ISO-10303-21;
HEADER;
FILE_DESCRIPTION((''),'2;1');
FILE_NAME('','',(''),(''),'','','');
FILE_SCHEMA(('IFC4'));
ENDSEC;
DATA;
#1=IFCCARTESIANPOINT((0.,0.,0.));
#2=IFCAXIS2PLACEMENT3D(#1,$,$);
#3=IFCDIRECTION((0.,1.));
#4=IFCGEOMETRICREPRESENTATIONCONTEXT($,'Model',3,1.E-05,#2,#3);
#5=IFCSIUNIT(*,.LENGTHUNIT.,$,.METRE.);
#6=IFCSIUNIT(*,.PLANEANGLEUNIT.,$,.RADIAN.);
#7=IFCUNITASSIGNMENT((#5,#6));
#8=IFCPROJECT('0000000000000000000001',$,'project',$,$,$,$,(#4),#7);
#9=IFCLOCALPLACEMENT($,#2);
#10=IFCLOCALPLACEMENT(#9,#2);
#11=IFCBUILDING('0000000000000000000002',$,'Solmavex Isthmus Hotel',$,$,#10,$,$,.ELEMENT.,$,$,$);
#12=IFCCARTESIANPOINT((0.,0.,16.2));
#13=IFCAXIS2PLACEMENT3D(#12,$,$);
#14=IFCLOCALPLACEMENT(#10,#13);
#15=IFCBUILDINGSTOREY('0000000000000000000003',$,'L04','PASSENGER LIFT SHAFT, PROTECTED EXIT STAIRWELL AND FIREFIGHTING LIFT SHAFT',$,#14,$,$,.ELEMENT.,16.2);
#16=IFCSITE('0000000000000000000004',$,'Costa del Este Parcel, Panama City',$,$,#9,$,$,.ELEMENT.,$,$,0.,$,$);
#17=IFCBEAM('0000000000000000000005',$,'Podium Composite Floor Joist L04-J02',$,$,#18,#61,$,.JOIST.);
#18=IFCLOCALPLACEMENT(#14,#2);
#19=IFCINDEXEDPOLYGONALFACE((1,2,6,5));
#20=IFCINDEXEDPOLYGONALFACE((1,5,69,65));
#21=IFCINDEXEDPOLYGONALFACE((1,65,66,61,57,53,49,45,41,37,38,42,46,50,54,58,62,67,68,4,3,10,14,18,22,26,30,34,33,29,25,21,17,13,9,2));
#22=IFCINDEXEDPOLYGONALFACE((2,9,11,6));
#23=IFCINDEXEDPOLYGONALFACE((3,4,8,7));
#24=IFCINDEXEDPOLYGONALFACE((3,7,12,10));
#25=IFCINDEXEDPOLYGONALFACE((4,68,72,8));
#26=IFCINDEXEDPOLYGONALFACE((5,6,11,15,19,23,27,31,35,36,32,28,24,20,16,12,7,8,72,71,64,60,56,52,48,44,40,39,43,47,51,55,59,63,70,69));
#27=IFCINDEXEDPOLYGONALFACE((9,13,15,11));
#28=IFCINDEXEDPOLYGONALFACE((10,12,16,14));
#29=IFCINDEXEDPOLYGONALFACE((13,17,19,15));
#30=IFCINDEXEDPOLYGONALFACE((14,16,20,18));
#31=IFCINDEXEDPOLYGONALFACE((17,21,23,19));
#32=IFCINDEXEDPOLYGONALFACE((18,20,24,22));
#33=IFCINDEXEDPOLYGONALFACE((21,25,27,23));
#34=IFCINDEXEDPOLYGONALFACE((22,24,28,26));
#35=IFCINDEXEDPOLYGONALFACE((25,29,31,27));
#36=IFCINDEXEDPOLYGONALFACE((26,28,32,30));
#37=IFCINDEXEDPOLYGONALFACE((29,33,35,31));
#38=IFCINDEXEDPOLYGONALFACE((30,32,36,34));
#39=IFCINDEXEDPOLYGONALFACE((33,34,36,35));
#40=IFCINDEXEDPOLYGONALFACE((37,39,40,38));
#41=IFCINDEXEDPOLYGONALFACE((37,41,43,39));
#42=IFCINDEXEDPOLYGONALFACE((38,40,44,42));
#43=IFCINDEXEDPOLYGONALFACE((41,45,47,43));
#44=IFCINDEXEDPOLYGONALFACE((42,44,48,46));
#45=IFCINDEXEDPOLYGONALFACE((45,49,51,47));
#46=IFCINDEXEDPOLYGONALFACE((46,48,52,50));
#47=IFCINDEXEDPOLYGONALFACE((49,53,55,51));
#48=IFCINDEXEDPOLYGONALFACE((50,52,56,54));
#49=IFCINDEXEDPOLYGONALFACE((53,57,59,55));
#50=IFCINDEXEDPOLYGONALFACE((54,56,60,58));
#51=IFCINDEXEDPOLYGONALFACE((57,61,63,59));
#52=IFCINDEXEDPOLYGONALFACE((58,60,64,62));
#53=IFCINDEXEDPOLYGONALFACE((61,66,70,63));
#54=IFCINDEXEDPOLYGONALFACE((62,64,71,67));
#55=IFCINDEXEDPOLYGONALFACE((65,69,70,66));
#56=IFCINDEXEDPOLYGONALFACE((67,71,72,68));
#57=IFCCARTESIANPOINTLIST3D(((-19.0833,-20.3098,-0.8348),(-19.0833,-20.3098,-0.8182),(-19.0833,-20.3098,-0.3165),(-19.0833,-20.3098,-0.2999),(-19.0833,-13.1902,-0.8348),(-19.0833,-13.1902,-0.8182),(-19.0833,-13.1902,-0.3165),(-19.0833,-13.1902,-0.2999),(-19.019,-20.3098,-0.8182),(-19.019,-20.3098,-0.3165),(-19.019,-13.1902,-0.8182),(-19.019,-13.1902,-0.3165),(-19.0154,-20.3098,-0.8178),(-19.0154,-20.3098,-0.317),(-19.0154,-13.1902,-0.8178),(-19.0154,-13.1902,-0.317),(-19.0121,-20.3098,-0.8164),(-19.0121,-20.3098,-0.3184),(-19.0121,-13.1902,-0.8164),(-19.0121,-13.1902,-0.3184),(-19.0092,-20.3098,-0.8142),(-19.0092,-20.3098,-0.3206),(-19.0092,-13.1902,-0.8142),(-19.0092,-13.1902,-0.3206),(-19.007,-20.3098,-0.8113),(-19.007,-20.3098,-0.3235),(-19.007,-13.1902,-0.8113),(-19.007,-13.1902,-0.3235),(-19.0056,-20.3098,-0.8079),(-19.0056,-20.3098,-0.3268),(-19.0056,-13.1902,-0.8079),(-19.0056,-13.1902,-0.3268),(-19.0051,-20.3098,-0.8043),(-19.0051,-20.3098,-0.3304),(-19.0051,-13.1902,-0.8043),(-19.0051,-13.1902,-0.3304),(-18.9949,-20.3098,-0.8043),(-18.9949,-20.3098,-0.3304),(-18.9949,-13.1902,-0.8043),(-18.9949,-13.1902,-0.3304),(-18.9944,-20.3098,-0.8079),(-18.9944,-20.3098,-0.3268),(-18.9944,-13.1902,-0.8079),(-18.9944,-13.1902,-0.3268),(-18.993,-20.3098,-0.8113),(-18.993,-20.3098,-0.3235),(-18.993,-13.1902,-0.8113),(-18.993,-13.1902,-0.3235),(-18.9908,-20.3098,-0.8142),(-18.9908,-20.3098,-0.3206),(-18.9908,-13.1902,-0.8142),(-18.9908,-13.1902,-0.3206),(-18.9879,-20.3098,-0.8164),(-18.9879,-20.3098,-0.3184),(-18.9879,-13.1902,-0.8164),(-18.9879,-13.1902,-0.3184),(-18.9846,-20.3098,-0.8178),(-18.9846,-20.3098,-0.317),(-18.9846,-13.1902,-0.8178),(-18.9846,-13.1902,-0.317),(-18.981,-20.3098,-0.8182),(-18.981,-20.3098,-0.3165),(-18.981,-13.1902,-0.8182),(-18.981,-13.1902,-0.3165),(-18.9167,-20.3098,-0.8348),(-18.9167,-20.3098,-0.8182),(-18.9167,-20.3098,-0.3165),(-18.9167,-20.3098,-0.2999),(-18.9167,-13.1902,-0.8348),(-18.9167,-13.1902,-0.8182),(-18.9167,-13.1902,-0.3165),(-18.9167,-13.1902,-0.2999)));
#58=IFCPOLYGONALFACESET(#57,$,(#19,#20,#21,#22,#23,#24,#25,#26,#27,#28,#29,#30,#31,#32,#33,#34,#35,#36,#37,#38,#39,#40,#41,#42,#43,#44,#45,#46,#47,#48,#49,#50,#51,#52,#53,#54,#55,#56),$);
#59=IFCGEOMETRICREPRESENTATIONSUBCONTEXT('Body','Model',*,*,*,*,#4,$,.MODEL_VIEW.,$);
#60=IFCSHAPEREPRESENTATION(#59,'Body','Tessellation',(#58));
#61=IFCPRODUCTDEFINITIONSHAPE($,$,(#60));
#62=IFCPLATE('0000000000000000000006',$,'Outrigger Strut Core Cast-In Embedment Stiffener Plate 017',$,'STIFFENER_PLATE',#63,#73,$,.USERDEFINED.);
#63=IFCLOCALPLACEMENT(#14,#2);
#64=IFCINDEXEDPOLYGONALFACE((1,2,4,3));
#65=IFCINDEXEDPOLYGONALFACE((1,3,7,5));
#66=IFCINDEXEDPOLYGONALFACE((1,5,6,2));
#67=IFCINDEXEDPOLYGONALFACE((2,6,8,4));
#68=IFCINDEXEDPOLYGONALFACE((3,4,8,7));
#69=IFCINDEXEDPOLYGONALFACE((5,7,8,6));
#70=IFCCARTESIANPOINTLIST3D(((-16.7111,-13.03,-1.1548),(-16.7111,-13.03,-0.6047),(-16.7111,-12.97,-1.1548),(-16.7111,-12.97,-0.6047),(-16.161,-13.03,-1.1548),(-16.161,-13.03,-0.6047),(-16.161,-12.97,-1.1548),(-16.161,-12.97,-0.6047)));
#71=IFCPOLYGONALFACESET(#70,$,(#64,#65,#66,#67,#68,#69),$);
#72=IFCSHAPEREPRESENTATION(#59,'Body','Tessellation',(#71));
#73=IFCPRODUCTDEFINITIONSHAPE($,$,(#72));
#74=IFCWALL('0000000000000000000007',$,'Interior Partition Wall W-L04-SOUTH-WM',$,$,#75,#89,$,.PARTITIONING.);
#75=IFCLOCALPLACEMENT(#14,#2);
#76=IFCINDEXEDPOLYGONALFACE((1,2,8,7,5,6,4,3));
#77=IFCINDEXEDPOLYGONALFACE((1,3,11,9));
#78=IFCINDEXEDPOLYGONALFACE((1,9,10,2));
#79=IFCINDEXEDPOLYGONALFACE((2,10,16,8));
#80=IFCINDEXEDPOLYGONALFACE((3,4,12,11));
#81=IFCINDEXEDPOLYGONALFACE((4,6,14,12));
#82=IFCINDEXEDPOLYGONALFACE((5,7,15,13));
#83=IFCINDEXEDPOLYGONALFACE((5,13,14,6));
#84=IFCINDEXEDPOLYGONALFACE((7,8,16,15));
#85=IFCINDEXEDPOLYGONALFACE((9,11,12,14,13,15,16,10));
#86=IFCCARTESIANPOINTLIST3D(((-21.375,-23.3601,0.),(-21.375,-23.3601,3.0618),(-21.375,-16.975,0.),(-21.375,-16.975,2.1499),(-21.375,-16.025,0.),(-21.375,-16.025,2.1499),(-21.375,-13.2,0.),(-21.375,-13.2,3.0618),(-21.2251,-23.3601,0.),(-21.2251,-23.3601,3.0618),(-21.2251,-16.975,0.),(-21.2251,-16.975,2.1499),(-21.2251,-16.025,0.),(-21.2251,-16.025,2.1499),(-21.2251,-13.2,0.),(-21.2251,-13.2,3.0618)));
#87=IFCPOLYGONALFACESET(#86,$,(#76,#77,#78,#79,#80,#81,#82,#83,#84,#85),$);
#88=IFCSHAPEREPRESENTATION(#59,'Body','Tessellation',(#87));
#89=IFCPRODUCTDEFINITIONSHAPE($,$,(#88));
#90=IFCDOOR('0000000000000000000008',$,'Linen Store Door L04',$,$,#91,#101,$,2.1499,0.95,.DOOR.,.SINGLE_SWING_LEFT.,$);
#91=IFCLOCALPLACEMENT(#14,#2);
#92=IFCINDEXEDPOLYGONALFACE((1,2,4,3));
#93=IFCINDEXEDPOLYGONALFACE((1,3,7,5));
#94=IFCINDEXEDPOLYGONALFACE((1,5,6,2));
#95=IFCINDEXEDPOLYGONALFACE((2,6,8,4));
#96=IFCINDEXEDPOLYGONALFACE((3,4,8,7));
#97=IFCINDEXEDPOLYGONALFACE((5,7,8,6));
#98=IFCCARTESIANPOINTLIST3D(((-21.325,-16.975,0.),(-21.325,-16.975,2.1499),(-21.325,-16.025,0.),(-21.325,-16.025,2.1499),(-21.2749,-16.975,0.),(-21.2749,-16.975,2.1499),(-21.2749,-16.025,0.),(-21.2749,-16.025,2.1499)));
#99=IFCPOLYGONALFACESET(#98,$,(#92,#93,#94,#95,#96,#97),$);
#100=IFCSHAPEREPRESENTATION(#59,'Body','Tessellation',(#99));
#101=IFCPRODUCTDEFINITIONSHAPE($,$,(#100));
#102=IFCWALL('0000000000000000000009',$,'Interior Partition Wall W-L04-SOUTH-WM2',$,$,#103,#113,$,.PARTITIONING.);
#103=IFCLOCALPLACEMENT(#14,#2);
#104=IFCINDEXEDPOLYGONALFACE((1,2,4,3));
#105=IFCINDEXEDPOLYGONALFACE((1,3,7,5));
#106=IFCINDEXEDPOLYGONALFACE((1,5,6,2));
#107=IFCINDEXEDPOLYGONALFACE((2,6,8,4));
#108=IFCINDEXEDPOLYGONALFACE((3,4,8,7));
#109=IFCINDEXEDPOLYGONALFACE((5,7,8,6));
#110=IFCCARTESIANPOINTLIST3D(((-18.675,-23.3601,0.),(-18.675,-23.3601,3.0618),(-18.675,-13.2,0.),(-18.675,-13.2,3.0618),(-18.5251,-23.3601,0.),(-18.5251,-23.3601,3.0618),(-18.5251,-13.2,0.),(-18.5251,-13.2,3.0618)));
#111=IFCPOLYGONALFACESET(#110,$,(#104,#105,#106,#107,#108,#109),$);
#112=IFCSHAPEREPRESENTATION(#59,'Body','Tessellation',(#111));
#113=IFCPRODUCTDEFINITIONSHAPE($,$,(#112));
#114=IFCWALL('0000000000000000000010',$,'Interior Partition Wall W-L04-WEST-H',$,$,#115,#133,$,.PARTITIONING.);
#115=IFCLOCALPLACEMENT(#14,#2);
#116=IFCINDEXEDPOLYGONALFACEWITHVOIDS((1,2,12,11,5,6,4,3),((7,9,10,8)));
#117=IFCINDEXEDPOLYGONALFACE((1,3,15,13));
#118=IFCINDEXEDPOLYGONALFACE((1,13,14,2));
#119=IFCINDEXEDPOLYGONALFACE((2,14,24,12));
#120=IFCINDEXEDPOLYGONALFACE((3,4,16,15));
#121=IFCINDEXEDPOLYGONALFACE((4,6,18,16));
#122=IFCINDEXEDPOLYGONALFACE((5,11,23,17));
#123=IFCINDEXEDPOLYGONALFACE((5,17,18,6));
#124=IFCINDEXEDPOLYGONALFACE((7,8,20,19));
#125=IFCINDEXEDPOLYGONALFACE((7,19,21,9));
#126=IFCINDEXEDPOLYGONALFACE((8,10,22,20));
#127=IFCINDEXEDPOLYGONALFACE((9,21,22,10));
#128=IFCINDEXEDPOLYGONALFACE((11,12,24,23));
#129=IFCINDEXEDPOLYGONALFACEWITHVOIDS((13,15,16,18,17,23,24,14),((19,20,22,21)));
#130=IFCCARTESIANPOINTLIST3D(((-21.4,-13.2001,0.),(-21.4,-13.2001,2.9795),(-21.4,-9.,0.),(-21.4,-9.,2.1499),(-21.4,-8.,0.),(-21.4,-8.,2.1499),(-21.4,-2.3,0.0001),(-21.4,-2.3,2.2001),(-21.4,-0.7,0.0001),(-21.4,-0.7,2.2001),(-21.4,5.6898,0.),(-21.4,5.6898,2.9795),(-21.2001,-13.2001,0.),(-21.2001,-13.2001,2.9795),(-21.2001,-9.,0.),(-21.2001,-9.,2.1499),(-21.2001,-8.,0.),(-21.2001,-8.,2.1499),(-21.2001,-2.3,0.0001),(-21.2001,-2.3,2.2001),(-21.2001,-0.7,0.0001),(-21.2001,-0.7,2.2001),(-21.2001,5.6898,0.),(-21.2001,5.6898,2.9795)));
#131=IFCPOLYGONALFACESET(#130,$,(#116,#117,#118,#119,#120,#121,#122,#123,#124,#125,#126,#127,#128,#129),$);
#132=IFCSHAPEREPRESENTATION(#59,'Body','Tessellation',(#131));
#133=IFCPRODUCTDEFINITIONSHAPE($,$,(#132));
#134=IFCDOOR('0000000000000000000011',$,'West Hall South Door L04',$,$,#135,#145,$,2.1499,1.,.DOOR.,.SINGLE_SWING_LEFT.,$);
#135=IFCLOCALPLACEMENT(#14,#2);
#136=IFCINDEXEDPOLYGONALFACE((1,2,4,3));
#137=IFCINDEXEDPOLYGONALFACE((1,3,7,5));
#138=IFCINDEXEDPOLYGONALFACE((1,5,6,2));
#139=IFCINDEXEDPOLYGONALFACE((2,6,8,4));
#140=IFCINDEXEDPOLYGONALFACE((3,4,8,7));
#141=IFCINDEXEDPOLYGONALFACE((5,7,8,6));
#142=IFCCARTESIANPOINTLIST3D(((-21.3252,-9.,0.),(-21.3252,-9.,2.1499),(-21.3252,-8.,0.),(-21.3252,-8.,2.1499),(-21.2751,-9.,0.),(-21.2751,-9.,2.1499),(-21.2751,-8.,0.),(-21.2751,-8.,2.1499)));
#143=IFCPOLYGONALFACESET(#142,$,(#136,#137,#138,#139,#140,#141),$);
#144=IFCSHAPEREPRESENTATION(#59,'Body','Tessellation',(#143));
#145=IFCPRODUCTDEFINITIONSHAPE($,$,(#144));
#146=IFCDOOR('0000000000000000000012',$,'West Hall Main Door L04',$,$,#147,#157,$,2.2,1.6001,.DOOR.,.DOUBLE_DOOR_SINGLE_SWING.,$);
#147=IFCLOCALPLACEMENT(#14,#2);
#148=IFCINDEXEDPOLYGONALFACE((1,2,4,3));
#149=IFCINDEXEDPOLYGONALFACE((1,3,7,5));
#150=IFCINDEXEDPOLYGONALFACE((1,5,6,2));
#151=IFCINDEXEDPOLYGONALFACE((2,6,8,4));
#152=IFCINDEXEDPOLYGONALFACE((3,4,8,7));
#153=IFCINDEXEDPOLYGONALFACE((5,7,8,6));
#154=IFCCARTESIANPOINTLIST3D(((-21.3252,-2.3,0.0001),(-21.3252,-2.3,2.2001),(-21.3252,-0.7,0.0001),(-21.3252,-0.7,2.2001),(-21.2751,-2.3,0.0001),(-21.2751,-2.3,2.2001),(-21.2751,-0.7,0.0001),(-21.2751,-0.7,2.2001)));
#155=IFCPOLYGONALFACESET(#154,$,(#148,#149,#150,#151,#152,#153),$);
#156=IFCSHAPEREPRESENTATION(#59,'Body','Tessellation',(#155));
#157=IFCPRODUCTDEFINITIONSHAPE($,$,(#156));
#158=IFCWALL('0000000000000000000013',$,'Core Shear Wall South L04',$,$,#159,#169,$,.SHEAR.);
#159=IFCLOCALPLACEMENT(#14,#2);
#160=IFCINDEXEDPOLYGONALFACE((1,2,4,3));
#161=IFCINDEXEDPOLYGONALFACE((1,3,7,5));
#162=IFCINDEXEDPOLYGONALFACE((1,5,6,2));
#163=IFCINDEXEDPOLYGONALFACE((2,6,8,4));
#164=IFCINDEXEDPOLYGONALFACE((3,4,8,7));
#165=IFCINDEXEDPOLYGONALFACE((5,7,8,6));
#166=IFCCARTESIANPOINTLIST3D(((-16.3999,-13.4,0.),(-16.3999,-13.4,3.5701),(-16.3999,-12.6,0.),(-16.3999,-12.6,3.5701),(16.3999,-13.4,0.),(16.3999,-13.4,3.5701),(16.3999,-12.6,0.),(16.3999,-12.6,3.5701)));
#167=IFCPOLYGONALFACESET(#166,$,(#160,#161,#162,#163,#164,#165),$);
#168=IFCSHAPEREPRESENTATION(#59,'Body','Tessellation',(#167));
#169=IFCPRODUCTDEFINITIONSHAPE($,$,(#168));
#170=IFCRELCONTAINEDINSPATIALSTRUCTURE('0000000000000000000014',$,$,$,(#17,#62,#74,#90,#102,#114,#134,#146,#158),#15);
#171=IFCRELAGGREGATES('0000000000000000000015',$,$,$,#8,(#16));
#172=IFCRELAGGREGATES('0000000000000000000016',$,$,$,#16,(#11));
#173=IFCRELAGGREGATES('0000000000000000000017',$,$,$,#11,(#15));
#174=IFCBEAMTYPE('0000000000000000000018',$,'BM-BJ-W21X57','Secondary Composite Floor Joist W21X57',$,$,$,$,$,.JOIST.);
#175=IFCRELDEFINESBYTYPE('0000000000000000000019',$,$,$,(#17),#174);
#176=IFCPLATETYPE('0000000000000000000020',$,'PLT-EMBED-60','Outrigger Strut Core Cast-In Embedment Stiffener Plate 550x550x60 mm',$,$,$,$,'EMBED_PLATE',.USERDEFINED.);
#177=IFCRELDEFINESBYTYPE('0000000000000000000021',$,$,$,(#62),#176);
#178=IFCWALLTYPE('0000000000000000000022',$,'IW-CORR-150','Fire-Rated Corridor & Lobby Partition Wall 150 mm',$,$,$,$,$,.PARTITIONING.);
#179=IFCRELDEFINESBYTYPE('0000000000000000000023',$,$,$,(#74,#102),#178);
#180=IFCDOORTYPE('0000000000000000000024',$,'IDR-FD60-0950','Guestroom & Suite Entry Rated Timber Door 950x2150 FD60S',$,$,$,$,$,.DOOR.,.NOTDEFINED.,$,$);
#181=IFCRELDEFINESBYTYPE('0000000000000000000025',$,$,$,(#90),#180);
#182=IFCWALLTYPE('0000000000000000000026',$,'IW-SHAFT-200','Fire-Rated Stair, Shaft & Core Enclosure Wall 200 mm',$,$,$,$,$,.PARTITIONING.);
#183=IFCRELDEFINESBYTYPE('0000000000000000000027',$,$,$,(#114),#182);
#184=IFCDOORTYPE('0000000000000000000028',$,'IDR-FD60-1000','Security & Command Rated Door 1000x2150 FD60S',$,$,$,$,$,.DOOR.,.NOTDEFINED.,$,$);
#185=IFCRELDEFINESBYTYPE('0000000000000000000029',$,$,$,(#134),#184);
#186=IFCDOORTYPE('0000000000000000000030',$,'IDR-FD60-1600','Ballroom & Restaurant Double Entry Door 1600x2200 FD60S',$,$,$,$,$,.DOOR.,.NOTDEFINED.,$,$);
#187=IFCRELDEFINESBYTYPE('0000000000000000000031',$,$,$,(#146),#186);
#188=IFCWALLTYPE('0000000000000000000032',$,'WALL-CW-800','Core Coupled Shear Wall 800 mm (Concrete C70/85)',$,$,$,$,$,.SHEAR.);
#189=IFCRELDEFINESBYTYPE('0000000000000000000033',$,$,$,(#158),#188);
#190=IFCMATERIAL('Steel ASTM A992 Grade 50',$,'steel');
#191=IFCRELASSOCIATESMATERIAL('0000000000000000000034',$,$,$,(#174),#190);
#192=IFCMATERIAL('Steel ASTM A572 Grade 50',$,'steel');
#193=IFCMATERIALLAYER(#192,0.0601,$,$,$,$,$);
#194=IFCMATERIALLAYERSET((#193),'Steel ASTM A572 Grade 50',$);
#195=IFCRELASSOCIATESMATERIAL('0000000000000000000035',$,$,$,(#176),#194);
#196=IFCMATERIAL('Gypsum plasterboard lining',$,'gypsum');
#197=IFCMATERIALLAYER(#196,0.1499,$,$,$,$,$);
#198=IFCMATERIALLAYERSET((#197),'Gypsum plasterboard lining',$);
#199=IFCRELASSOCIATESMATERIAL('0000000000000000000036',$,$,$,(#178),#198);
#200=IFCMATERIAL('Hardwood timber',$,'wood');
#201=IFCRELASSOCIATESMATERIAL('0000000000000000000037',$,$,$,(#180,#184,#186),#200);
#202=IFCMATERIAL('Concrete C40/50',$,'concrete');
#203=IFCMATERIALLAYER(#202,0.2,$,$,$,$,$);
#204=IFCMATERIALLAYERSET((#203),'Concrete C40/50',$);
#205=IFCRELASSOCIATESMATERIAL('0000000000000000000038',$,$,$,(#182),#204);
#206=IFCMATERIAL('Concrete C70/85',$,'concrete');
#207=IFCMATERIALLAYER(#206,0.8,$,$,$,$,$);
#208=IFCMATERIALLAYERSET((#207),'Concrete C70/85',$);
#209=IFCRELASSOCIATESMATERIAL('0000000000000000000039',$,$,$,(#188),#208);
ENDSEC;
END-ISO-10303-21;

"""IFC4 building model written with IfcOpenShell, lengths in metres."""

from ifc_helpers import new_model, si_unit, direction, frame, frame_2d, origin, origin_2d, place, context, subcontext, project, spatial, rectangle, i_section, extrude, material, layer, layer_set, material_profile, profile_set, type_object, element, fill, save


model = new_model("IFC4")

# Units and contexts
model_context = context("Model", 3, precision=1e-05, world=origin(), true_north=direction((0.0, 1.0)))
body_context = subcontext(model_context, "Body", "Model", "MODEL_VIEW")
ifc_project = project(units=[si_unit("LENGTHUNIT", "METRE"), si_unit("PLANEANGLEUNIT", "RADIAN")], contexts=[model_context])

# Site, building, storey
site_placement = place(None, origin())
site = spatial("IfcSite", under=ifc_project, at=site_placement, Name="Costa del Este Parcel, Panama City", CompositionType="ELEMENT", RefElevation=0.0)
building_placement = place(site_placement, origin())
building = spatial("IfcBuilding", under=site, at=building_placement, Name="Solmavex Isthmus Hotel", CompositionType="ELEMENT")
storey_placement = place(building_placement, frame((0.0, 0.0, 16.2)))
storey = spatial("IfcBuildingStorey", under=building, at=storey_placement, Name="L04", Description="PASSENGER LIFT SHAFT, PROTECTED EXIT STAIRWELL AND FIREFIGHTING LIFT SHAFT", CompositionType="ELEMENT", Elevation=16.2)

# Shared definitions
ifc_material_1 = material(Name="Concrete C70/85", Category="concrete")

# Beam
ifc_material_2 = material(Name="Steel ASTM A992 Grade 50", Category="steel")
ifc_material_profile_1 = material_profile(ifc_material_2, i_section(OverallWidth=0.1665, OverallDepth=0.5349, WebThickness=0.0103, FlangeThickness=0.0166, FilletRadius=0.0139, at=origin_2d()), Name="W21X57")
ifc_profile_set_1 = profile_set([ifc_material_profile_1], Name="Steel ASTM A992 Grade 50")
beam_type_1 = type_object("IfcBeamType", Name="BM-BJ-W21X57", Description="Secondary Composite Floor Joist W21X57", PredefinedType="JOIST", material=ifc_profile_set_1)
beam_1_placement = place(storey_placement, frame((-19.0, -20.3098, -0.5674), z_axis=(0.0, 1.0, 0.0), x_axis=(-1.0, 0.0, 0.0)))
element("IfcBeam", 1, at=beam_1_placement, inside=storey, type_object=beam_type_1, Name="Podium Composite Floor Joist L04-J02", PredefinedType="JOIST", context=body_context, shape_type="SweptSolid", body=[
    extrude(i_section(OverallWidth=0.1665, OverallDepth=0.5349, WebThickness=0.0103, FlangeThickness=0.0166, FilletRadius=0.0139, at=origin_2d()), origin(), (0.0, 0.0, 1.0), 7.1196),
])

# Plate
ifc_material_3 = material(Name="Steel ASTM A572 Grade 50", Category="steel")
ifc_layer_1 = layer(ifc_material_3, 0.0601)
ifc_layer_set_1 = layer_set([ifc_layer_1], Name="Steel ASTM A572 Grade 50")
plate_type = type_object("IfcPlateType", Name="PLT-EMBED-60", Description="Outrigger Strut Core Cast-In Embedment Stiffener Plate 550x550x60 mm", ElementType="EMBED_PLATE", PredefinedType="USERDEFINED", material=ifc_layer_set_1)
plate_placement = place(storey_placement, frame((-16.436, -13.0, -1.1548), z_axis=(0.0, 0.0, 1.0), x_axis=(1.0, 0.0, 0.0)))
element("IfcPlate", 2, at=plate_placement, inside=storey, type_object=plate_type, Name="Outrigger Strut Core Cast-In Embedment Stiffener Plate 017", ObjectType="STIFFENER_PLATE", PredefinedType="USERDEFINED", context=body_context, shape_type="SweptSolid", body=[
    extrude(rectangle(XDim=0.55, YDim=0.0601, at=origin_2d()), origin(), (0.0, 0.0, 1.0), 0.55),
])

# Wall, opening, door
ifc_material_4 = material(Name="Gypsum plasterboard lining", Category="gypsum")
ifc_layer_2 = layer(ifc_material_4, 0.1499)
ifc_layer_set_2 = layer_set([ifc_layer_2], Name="Gypsum plasterboard lining")
wall_type_1 = type_object("IfcWallType", Name="IW-CORR-150", Description="Fire-Rated Corridor & Lobby Partition Wall 150 mm", PredefinedType="PARTITIONING", material=ifc_layer_set_2)
wall_1_placement = place(storey_placement, frame((-21.3, -23.3601, 0.0), z_axis=(0.0, 0.0, 1.0), x_axis=(0.0, 1.0, 0.0)))
wall_1 = element("IfcWall", 3, at=wall_1_placement, inside=storey, type_object=wall_type_1, Name="Interior Partition Wall W-L04-SOUTH-WM", PredefinedType="PARTITIONING", context=body_context, shape_type="SweptSolid", body=[
    extrude(rectangle(XDim=10.1602, YDim=0.1499, at=frame_2d((5.0801, 0.0))), origin(), (0.0, 0.0, 1.0), 3.0618),
])
opening_1_placement = place(wall_1_placement, frame((6.385, 0.0, 0.0)))
opening_1 = element("IfcOpeningElement", 4, at=opening_1_placement, cuts=wall_1, PredefinedType="OPENING", context=body_context, shape_type="SweptSolid", body=[
    extrude(rectangle(XDim=0.95, YDim=2.1499, at=frame_2d((0.4751, 1.075))), frame((0.0, 0.085, 0.0), z_axis=(0.0, -1.0, 0.0), x_axis=(1.0, 0.0, 0.0)), (0.0, 0.0, 1.0), 0.1699),
])
ifc_material_5 = material(Name="Hardwood timber", Category="wood")
door_type_1 = type_object("IfcDoorType", Name="IDR-FD60-0950", Description="Guestroom & Suite Entry Rated Timber Door 950x2150 FD60S", OperationType="NOTDEFINED", PredefinedType="DOOR", material=ifc_material_5)
door_1_placement = place(opening_1_placement, origin())
door_1 = element("IfcDoor", 5, at=door_1_placement, inside=storey, type_object=door_type_1, Name="Linen Store Door L04", OperationType="SINGLE_SWING_LEFT", OverallHeight=2.1499, OverallWidth=0.95, PredefinedType="DOOR", context=body_context, shape_type="SweptSolid", body=[
    extrude(rectangle(XDim=0.95, YDim=2.1499, at=frame_2d((0.4751, 1.075))), frame((0.0, 0.0249, 0.0), z_axis=(0.0, -1.0, 0.0), x_axis=(1.0, 0.0, 0.0)), (0.0, 0.0, 1.0), 0.05),
])
fill(opening_1, door_1)

# Wall
wall_2_placement = place(storey_placement, frame((-18.6001, -23.3601, 0.0), z_axis=(0.0, 0.0, 1.0), x_axis=(0.0, 1.0, 0.0)))
element("IfcWall", 6, at=wall_2_placement, inside=storey, type_object=wall_type_1, Name="Interior Partition Wall W-L04-SOUTH-WM2", PredefinedType="PARTITIONING", context=body_context, shape_type="SweptSolid", body=[
    extrude(rectangle(XDim=10.1602, YDim=0.1499, at=frame_2d((5.0801, 0.0))), origin(), (0.0, 0.0, 1.0), 3.0618),
])

# Wall, openings, doors
ifc_material_6 = material(Name="Concrete C40/50", Category="concrete")
ifc_layer_3 = layer(ifc_material_6, 0.2)
ifc_layer_set_3 = layer_set([ifc_layer_3], Name="Concrete C40/50")
wall_type_2 = type_object("IfcWallType", Name="IW-SHAFT-200", Description="Fire-Rated Stair, Shaft & Core Enclosure Wall 200 mm", PredefinedType="PARTITIONING", material=ifc_layer_set_3)
wall_3_placement = place(storey_placement, frame((-21.3, -13.2, 0.0), z_axis=(0.0, 0.0, 1.0), x_axis=(0.0, 1.0, 0.0)))
wall_3 = element("IfcWall", 7, at=wall_3_placement, inside=storey, type_object=wall_type_2, Name="Interior Partition Wall W-L04-WEST-H", PredefinedType="PARTITIONING", context=body_context, shape_type="SweptSolid", body=[
    extrude(rectangle(XDim=18.8899, YDim=0.2, at=frame_2d((9.4448, 0.0))), origin(), (0.0, 0.0, 1.0), 2.9795),
])
opening_2_placement = place(wall_3_placement, frame((10.8999, 0.0, 0.0)))
opening_2 = element("IfcOpeningElement", 8, at=opening_2_placement, cuts=wall_3, PredefinedType="OPENING", context=body_context, shape_type="SweptSolid", body=[
    extrude(rectangle(XDim=1.6001, YDim=2.2, at=frame_2d((0.8, 1.1001))), frame((0.0, 0.1099, 0.0), z_axis=(0.0, -1.0, 0.0), x_axis=(1.0, 0.0, 0.0)), (0.0, 0.0, 1.0), 0.22),
])
opening_3_placement = place(wall_3_placement, frame((4.2, 0.0, 0.0)))
opening_3 = element("IfcOpeningElement", 9, at=opening_3_placement, cuts=wall_3, PredefinedType="OPENING", context=body_context, shape_type="SweptSolid", body=[
    extrude(rectangle(XDim=1.0, YDim=2.1499, at=frame_2d((0.5, 1.075))), frame((0.0, 0.1099, 0.0), z_axis=(0.0, -1.0, 0.0), x_axis=(1.0, 0.0, 0.0)), (0.0, 0.0, 1.0), 0.22),
])
door_type_2 = type_object("IfcDoorType", Name="IDR-FD60-1000", Description="Security & Command Rated Door 1000x2150 FD60S", OperationType="NOTDEFINED", PredefinedType="DOOR", material=ifc_material_5)
door_2_placement = place(opening_3_placement, frame((1.0, 0.0, 0.0), z_axis=(0.0, 0.0, 1.0), x_axis=(-1.0, 0.0, 0.0)))
door_2 = element("IfcDoor", 10, at=door_2_placement, inside=storey, type_object=door_type_2, Name="West Hall South Door L04", OperationType="SINGLE_SWING_LEFT", OverallHeight=2.1499, OverallWidth=1.0, PredefinedType="DOOR", context=body_context, shape_type="SweptSolid", body=[
    extrude(rectangle(XDim=1.0, YDim=2.1499, at=frame_2d((0.5, 1.075))), frame((0.0, 0.0249, 0.0), z_axis=(0.0, -1.0, 0.0), x_axis=(1.0, 0.0, 0.0)), (0.0, 0.0, 1.0), 0.05),
])
fill(opening_3, door_2)
door_type_3 = type_object("IfcDoorType", Name="IDR-FD60-1600", Description="Ballroom & Restaurant Double Entry Door 1600x2200 FD60S", OperationType="NOTDEFINED", PredefinedType="DOOR", material=ifc_material_5)
door_3_placement = place(opening_2_placement, frame((1.6001, 0.0, 0.0), z_axis=(0.0, 0.0, 1.0), x_axis=(-1.0, 0.0, 0.0)))
door_3 = element("IfcDoor", 11, at=door_3_placement, inside=storey, type_object=door_type_3, Name="West Hall Main Door L04", OperationType="DOUBLE_DOOR_SINGLE_SWING", OverallHeight=2.2, OverallWidth=1.6001, PredefinedType="DOOR", context=body_context, shape_type="SweptSolid", body=[
    extrude(rectangle(XDim=1.6001, YDim=2.2, at=frame_2d((0.8, 1.1001))), frame((0.0, 0.0249, 0.0), z_axis=(0.0, -1.0, 0.0), x_axis=(1.0, 0.0, 0.0)), (0.0, 0.0, 1.0), 0.05),
])
fill(opening_2, door_3)

# Wall
ifc_layer_4 = layer(ifc_material_1, 0.8)
ifc_layer_set_4 = layer_set([ifc_layer_4], Name="Concrete C70/85")
wall_type_3 = type_object("IfcWallType", Name="WALL-CW-800", Description="Core Coupled Shear Wall 800 mm (Concrete C70/85)", PredefinedType="SHEAR", material=ifc_layer_set_4)
wall_4_placement = place(storey_placement, frame((-16.3999, -13.0, 0.0), z_axis=(0.0, 0.0, 1.0), x_axis=(1.0, 0.0, 0.0)))
element("IfcWall", 12, at=wall_4_placement, inside=storey, type_object=wall_type_3, Name="Core Shear Wall South L04", PredefinedType="SHEAR", context=body_context, shape_type="SweptSolid", body=[
    extrude(rectangle(XDim=32.7998, YDim=0.8, at=frame_2d((16.3999, 0.0))), origin(), (0.0, 0.0, 1.0), 3.5701),
])

save(model, "model.ifc")
